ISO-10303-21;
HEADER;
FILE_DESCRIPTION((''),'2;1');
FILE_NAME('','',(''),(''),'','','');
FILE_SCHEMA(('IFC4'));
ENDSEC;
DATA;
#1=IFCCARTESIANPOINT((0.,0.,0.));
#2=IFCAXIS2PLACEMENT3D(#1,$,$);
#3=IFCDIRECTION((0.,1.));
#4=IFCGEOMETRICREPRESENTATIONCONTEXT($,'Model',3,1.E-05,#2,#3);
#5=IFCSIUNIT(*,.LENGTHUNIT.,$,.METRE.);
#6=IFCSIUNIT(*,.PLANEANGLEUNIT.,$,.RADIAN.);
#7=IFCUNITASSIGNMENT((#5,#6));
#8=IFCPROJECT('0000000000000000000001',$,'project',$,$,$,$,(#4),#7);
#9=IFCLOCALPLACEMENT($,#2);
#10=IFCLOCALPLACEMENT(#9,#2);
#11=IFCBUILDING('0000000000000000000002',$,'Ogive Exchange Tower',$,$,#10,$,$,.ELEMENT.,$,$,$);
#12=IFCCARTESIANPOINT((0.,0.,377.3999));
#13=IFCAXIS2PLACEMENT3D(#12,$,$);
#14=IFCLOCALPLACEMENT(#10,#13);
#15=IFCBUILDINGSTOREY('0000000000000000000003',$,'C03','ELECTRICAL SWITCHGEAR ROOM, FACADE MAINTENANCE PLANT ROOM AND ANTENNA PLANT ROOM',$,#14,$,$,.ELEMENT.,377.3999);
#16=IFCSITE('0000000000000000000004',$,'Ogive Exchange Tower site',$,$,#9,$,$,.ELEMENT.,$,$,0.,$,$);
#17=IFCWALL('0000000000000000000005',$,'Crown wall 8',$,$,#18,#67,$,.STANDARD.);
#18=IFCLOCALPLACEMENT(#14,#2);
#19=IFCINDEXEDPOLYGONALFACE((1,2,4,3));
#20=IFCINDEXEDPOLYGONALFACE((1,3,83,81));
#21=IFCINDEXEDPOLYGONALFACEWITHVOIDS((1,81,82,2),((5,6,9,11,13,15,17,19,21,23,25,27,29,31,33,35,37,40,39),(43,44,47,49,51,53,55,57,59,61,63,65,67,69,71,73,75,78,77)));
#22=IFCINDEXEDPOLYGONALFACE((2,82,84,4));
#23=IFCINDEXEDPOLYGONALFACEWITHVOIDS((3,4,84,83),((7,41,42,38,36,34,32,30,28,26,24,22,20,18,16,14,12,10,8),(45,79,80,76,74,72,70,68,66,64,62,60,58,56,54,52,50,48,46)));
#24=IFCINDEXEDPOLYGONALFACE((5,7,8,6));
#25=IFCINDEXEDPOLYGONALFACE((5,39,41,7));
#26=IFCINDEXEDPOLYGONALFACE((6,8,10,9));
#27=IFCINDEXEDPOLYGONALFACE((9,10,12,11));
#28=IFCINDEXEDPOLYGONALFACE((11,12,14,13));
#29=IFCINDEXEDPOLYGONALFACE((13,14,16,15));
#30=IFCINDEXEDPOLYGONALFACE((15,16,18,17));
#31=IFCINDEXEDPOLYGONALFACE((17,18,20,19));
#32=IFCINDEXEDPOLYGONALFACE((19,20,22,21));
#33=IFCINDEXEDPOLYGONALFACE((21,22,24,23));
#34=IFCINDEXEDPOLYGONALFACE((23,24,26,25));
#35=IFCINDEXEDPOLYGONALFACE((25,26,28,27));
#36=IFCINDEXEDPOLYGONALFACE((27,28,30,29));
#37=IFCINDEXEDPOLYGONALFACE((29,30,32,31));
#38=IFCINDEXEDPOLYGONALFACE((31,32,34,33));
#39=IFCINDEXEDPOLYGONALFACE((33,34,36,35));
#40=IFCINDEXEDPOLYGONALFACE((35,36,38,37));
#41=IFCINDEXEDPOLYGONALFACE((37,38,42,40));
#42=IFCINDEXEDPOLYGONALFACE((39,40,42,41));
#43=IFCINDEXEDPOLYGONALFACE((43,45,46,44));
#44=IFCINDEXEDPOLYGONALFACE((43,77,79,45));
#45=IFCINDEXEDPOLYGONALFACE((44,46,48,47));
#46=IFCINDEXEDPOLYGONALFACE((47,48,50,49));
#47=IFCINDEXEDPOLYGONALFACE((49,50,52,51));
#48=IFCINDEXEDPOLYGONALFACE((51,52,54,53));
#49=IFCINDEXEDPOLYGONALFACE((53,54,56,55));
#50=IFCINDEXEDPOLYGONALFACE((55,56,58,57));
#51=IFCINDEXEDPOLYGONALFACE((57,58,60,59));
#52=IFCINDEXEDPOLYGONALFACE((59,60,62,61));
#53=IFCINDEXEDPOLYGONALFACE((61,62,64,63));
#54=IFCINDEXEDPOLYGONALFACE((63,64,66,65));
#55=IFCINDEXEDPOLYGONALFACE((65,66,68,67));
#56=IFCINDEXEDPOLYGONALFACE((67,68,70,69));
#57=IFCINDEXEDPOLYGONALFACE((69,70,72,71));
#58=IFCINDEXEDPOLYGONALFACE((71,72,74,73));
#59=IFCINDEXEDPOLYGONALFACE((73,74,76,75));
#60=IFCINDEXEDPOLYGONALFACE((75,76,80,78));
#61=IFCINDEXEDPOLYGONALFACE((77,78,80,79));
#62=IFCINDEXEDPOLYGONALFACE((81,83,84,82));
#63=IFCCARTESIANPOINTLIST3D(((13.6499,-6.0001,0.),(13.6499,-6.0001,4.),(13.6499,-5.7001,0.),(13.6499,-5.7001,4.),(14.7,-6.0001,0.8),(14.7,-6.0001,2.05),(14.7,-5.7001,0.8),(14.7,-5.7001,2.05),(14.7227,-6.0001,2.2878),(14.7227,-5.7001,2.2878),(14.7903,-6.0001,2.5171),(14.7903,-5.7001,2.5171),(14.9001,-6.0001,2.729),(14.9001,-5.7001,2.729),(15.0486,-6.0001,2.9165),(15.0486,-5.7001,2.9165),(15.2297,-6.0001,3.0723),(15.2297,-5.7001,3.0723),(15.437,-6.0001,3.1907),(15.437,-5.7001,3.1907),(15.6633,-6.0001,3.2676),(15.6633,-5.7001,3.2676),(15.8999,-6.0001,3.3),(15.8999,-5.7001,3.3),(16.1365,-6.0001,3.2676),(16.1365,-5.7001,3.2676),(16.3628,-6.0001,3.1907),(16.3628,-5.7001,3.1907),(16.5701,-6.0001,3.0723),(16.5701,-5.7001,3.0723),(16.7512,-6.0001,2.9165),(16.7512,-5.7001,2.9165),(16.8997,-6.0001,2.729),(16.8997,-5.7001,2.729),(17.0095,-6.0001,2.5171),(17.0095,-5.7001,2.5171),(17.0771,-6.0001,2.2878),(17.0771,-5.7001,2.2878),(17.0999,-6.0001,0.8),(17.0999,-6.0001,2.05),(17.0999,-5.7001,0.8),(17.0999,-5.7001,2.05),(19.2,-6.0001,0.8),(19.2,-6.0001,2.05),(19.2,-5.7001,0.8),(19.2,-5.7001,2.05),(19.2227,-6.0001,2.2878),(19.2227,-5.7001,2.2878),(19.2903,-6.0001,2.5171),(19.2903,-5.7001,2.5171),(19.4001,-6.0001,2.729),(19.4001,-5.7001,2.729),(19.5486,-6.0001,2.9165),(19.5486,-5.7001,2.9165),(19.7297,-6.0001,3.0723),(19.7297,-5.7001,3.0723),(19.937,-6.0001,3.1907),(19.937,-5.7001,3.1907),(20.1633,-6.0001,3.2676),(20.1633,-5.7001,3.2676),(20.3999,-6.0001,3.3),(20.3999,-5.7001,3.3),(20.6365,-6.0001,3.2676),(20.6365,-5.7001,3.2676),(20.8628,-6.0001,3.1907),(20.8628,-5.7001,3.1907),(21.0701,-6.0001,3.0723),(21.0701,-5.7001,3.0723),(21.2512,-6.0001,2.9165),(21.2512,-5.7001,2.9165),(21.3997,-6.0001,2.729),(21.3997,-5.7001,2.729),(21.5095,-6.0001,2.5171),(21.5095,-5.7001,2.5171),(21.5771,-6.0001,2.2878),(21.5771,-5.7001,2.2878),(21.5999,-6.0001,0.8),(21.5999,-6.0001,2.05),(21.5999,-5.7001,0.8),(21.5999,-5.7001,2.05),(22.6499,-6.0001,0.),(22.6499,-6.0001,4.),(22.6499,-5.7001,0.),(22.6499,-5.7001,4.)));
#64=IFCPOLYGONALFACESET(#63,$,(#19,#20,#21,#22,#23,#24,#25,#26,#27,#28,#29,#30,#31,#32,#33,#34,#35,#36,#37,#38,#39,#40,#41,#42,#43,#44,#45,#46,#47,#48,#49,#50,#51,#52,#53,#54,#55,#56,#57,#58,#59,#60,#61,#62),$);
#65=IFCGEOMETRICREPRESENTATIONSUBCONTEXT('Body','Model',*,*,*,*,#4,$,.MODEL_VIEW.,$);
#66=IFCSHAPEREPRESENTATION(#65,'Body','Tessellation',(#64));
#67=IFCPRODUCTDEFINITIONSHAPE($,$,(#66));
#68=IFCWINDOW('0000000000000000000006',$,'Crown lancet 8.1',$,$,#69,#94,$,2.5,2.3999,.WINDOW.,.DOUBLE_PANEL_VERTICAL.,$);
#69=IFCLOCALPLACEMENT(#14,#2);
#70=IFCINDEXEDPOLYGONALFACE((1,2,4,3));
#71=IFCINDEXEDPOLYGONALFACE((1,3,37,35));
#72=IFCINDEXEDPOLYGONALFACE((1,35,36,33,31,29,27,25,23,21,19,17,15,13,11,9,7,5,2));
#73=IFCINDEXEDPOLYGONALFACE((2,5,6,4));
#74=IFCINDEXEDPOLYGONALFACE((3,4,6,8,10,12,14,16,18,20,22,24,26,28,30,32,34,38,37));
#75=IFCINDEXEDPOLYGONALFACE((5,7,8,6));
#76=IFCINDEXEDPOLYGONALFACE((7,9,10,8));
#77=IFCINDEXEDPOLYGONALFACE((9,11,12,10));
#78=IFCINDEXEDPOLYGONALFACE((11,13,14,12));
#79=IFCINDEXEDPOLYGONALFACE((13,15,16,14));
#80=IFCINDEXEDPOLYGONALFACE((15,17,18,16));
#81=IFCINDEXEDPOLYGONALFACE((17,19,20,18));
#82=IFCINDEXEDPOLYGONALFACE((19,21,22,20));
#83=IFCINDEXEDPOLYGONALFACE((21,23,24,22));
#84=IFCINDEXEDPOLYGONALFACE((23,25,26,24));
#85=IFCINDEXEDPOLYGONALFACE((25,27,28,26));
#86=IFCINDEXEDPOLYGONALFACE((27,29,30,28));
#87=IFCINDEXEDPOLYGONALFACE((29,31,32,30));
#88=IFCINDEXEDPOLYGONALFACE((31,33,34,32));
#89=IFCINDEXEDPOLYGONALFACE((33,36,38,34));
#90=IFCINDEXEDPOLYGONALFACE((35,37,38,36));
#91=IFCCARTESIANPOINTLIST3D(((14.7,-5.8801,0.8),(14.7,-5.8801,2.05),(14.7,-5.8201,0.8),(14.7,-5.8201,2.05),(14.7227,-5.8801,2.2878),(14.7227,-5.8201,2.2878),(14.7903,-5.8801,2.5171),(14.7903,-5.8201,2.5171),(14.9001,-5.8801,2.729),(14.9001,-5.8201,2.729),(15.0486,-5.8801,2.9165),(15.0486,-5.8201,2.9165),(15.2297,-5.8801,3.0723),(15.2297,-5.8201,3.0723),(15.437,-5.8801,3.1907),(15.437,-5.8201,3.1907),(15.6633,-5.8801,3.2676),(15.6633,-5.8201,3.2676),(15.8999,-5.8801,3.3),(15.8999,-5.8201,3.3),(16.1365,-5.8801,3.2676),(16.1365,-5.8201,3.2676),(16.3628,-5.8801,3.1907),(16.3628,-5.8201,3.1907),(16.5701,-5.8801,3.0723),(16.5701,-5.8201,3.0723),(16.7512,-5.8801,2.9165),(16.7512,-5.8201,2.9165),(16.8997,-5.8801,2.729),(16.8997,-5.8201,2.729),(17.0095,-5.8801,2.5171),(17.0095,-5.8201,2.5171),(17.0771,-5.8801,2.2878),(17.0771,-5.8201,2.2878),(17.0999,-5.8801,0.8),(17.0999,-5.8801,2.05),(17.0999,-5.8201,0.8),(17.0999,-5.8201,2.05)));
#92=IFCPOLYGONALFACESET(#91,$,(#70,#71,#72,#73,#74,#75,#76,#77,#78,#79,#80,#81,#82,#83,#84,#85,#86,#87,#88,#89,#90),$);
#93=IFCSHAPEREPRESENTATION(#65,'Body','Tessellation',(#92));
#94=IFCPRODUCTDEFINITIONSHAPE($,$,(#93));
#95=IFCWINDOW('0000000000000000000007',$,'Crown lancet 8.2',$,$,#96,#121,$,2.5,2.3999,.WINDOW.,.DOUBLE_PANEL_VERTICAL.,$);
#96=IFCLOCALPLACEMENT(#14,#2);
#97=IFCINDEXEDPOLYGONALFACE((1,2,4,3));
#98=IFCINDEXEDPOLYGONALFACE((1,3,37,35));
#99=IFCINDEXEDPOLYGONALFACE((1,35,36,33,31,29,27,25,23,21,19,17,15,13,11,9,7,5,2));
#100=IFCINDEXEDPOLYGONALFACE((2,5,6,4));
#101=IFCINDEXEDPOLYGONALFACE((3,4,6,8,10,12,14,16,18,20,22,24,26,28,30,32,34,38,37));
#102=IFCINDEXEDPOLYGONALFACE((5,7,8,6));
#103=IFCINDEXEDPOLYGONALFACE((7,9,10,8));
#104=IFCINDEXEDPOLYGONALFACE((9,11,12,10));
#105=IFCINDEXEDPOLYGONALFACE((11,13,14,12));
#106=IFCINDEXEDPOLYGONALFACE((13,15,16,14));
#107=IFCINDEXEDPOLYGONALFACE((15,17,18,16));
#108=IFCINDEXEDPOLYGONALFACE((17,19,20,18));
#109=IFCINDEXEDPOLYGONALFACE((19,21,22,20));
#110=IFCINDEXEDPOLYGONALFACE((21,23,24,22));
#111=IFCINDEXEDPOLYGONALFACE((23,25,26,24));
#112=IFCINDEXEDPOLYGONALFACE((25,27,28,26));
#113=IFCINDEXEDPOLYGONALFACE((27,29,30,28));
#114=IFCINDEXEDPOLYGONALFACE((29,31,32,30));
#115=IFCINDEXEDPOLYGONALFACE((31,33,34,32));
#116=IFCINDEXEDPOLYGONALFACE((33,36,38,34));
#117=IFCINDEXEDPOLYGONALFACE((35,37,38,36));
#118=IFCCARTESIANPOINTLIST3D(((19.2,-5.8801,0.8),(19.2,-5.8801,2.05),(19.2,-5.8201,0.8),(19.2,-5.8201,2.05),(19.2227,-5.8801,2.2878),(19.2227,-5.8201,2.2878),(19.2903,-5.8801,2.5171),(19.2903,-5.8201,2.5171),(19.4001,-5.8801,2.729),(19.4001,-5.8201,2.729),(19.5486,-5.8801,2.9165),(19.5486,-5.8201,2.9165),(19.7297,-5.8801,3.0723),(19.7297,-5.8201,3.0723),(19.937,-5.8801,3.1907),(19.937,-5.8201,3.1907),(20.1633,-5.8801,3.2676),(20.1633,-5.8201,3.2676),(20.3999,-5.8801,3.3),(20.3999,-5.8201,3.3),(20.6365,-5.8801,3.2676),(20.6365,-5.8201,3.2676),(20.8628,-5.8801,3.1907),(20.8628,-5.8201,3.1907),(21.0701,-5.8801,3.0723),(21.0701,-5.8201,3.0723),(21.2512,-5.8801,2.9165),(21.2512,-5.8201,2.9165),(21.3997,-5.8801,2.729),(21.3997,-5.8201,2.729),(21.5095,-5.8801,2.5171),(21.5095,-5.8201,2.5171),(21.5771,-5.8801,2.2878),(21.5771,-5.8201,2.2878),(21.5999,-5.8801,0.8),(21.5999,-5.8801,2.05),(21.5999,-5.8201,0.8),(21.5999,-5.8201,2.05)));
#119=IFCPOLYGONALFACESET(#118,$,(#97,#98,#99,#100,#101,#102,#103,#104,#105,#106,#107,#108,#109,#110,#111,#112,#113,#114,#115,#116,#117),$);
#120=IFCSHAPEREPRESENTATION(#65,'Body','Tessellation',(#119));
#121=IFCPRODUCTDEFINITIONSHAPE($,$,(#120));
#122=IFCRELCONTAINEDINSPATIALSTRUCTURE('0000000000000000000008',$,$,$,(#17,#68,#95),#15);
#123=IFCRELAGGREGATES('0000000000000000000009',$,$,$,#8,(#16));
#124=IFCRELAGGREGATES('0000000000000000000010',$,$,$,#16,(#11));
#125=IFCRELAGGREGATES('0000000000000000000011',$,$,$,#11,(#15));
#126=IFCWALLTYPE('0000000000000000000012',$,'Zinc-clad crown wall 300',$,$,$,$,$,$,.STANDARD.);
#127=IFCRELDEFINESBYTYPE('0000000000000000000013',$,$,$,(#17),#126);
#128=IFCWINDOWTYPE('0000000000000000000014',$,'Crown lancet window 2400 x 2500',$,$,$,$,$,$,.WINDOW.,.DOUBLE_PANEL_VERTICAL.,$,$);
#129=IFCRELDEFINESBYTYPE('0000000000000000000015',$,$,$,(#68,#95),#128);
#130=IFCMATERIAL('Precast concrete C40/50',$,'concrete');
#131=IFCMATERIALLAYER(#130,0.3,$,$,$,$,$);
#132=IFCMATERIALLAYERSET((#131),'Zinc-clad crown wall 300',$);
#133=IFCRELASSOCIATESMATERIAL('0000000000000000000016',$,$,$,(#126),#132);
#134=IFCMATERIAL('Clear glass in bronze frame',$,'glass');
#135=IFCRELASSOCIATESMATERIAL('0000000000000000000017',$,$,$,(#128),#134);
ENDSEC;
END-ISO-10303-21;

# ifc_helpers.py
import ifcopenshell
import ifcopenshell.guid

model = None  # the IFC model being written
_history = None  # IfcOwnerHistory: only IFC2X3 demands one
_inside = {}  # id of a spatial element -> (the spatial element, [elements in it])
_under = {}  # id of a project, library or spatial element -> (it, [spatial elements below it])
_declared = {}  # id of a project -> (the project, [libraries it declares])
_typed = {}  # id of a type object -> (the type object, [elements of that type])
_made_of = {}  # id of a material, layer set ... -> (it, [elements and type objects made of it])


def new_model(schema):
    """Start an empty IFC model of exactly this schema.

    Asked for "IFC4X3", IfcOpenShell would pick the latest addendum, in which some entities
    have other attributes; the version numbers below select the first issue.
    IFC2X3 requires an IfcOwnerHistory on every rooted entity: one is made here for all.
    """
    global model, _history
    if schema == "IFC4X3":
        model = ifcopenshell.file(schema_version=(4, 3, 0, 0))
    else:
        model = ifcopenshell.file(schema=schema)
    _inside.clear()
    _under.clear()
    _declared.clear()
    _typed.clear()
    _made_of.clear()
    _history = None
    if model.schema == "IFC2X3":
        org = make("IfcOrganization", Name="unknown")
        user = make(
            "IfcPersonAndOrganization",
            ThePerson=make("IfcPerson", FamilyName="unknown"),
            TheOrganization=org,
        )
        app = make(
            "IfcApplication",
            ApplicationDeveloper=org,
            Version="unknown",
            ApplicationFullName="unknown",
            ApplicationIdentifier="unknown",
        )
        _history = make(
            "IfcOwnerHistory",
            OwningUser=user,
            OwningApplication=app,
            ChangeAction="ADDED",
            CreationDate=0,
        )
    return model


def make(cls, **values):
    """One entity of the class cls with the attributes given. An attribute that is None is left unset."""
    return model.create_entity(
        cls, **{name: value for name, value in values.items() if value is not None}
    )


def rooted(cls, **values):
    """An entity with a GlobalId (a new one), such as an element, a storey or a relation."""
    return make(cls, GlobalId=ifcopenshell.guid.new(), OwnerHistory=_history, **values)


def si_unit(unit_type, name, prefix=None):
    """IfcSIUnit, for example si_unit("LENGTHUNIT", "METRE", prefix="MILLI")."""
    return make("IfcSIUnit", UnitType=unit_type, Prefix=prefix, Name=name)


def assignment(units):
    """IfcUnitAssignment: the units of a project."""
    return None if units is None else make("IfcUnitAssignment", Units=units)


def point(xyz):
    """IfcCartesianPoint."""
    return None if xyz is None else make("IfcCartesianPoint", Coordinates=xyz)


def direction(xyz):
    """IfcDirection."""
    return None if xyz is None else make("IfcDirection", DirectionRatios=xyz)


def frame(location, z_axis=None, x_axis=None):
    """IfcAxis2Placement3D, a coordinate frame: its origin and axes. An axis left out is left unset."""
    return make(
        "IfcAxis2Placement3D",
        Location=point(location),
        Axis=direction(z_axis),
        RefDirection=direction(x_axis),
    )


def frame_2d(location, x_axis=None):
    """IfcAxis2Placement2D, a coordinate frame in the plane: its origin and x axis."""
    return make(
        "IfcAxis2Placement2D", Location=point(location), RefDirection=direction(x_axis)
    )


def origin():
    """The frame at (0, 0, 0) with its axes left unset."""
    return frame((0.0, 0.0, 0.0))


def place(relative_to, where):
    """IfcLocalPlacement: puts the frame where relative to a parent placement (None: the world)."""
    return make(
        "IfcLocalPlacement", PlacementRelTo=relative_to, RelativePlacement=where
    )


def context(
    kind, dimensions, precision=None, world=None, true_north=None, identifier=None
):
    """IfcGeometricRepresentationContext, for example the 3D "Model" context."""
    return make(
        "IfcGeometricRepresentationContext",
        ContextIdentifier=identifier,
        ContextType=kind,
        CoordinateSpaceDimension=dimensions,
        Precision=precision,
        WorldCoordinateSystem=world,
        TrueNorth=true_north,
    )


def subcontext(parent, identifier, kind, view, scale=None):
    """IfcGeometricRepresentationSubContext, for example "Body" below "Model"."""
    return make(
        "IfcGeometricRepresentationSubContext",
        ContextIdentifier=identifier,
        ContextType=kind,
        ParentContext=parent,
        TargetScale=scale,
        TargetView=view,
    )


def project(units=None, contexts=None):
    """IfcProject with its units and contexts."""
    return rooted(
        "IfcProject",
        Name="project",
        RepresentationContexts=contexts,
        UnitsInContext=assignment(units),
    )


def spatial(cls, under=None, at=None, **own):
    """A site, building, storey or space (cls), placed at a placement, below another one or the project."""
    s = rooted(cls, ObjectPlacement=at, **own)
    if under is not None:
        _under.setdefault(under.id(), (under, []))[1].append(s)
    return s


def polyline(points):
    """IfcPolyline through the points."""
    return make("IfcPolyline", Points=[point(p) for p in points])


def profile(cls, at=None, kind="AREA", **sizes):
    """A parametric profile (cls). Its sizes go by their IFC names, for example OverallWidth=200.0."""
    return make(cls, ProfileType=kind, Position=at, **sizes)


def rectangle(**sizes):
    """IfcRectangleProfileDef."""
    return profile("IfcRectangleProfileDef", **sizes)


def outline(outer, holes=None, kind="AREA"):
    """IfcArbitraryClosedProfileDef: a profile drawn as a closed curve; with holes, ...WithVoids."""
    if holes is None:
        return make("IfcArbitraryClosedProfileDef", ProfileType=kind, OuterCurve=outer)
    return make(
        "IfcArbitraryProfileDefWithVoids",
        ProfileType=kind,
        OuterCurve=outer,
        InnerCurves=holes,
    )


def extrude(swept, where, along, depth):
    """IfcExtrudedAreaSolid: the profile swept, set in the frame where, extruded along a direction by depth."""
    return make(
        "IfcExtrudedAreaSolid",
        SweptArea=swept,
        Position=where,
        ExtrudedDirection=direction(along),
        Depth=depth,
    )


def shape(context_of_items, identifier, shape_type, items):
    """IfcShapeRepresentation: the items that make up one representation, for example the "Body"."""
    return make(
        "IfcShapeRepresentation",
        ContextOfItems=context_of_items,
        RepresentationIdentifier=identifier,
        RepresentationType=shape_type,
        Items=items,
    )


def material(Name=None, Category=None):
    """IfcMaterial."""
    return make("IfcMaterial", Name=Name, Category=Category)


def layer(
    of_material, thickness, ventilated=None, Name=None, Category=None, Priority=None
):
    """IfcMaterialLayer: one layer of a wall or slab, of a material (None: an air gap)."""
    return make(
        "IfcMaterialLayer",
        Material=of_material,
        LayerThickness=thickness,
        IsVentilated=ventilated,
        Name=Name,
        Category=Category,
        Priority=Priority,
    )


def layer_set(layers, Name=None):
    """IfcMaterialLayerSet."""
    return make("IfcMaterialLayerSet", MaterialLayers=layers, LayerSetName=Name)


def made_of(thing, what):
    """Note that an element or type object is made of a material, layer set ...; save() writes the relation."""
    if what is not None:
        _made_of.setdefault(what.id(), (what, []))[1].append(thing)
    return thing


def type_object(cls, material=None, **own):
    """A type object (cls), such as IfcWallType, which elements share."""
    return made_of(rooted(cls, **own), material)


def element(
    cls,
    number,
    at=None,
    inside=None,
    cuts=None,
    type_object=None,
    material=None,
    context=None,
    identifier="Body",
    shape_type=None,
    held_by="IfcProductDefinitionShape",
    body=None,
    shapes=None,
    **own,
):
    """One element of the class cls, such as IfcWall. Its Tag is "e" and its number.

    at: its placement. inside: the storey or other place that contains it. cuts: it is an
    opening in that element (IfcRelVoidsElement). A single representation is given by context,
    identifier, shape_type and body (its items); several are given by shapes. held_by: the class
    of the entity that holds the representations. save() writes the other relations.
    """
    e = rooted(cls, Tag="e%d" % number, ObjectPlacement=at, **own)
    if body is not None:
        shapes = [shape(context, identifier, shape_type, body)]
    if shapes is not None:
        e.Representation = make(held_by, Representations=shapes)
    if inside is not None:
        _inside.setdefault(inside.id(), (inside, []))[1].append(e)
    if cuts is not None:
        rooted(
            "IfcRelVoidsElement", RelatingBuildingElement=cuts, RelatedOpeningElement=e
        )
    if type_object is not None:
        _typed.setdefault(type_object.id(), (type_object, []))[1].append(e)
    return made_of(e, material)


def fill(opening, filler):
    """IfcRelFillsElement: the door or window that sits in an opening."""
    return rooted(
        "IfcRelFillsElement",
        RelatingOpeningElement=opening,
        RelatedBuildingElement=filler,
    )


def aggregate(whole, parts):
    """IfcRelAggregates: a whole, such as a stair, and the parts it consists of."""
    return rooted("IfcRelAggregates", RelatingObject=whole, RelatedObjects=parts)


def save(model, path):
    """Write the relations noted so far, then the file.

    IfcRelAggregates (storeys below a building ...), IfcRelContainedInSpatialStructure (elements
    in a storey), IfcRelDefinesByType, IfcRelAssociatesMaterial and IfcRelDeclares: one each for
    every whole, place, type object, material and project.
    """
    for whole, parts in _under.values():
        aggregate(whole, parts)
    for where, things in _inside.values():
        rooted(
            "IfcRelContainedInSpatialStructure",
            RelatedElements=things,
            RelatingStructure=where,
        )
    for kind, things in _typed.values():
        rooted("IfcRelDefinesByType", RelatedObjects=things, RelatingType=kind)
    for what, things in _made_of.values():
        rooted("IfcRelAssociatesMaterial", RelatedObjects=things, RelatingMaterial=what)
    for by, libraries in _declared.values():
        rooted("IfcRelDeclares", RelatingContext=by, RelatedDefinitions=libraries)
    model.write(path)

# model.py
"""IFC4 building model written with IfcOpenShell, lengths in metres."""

from ifc_helpers import new_model, si_unit, direction, frame, frame_2d, origin, place, context, subcontext, project, spatial, polyline, rectangle, outline, extrude, material, layer, layer_set, type_object, element, fill, save


model = new_model("IFC4")

# Units and contexts
model_context = context("Model", 3, precision=1e-05, world=origin(), true_north=direction((0.0, 1.0)))
body_context = subcontext(model_context, "Body", "Model", "MODEL_VIEW")
ifc_project = project(units=[si_unit("LENGTHUNIT", "METRE"), si_unit("PLANEANGLEUNIT", "RADIAN")], contexts=[model_context])

# Site, building, storey
site_placement = place(None, origin())
site = spatial("IfcSite", under=ifc_project, at=site_placement, Name="Ogive Exchange Tower site", CompositionType="ELEMENT", RefElevation=0.0)
building_placement = place(site_placement, origin())
building = spatial("IfcBuilding", under=site, at=building_placement, Name="Ogive Exchange Tower", CompositionType="ELEMENT")
storey_placement = place(building_placement, frame((0.0, 0.0, 377.3999)))
storey = spatial("IfcBuildingStorey", under=building, at=storey_placement, Name="C03", Description="ELECTRICAL SWITCHGEAR ROOM, FACADE MAINTENANCE PLANT ROOM AND ANTENNA PLANT ROOM", CompositionType="ELEMENT", Elevation=377.3999)

# Wall, openings, windows
ifc_material_1 = material(Name="Precast concrete C40/50", Category="concrete")
ifc_layer_1 = layer(ifc_material_1, 0.3)
ifc_layer_set_1 = layer_set([ifc_layer_1], Name="Zinc-clad crown wall 300")
wall_type_1 = type_object("IfcWallType", Name="Zinc-clad crown wall 300", PredefinedType="STANDARD", material=ifc_layer_set_1)
ifc_material_2 = material(Name="Clear glass in bronze frame", Category="glass")
window_type = type_object("IfcWindowType", Name="Crown lancet window 2400 x 2500", PartitioningType="DOUBLE_PANEL_VERTICAL", PredefinedType="WINDOW", material=ifc_material_2)
wall_1_placement = place(storey_placement, frame((13.6499, -5.8501, 0.0), z_axis=(0.0, 0.0, 1.0), x_axis=(1.0, 0.0, 0.0)))
wall_1 = element("IfcWall", 1, at=wall_1_placement, inside=storey, type_object=wall_type_1, Name="Crown wall 8", PredefinedType="STANDARD", context=body_context, shape_type="SweptSolid", body=[
    extrude(rectangle(XDim=9.0, YDim=0.3, at=frame_2d((4.5, 0.0))), origin(), (0.0, 0.0, 1.0), 4.0),
])
opening_1_placement = place(wall_1_placement, frame((1.05, 0.0, 0.8)))
opening_1 = element("IfcOpeningElement", 2, at=opening_1_placement, cuts=wall_1, PredefinedType="OPENING", context=body_context, shape_type="SweptSolid", body=[
    extrude(outline(polyline([(0.0, 0.0), (2.3999, 0.0), (2.3999, 1.25), (2.3772, 1.4878), (2.3096, 1.717), (2.1997, 1.929), (2.0513, 2.1165), (1.8701, 2.2722), (1.6628, 2.3906), (1.4365, 2.4675), (1.2, 2.5), (0.9634, 2.4675), (0.7371, 2.3906), (0.5298, 2.2722), (0.3486, 2.1165), (0.2002, 1.929), (0.0903, 1.717), (0.0227, 1.4878), (0.0, 1.25), (0.0, 0.0)])), frame((0.0, 0.1599, 0.0), z_axis=(0.0, -1.0, 0.0), x_axis=(1.0, 0.0, 0.0)), (0.0, 0.0, 1.0), 0.3201),
])
opening_2_placement = place(wall_1_placement, frame((5.55, 0.0, 0.8)))
opening_2 = element("IfcOpeningElement", 3, at=opening_2_placement, cuts=wall_1, PredefinedType="OPENING", context=body_context, shape_type="SweptSolid", body=[
    extrude(outline(polyline([(0.0, 0.0), (2.3999, 0.0), (2.3999, 1.25), (2.3772, 1.4878), (2.3096, 1.717), (2.1997, 1.929), (2.0513, 2.1165), (1.8701, 2.2722), (1.6628, 2.3906), (1.4365, 2.4675), (1.2, 2.5), (0.9634, 2.4675), (0.7371, 2.3906), (0.5298, 2.2722), (0.3486, 2.1165), (0.2002, 1.929), (0.0903, 1.717), (0.0227, 1.4878), (0.0, 1.25), (0.0, 0.0)])), frame((0.0, 0.1599, 0.0), z_axis=(0.0, -1.0, 0.0), x_axis=(1.0, 0.0, 0.0)), (0.0, 0.0, 1.0), 0.3201),
])
window_1_placement = place(opening_1_placement, origin())
window_1 = element("IfcWindow", 4, at=window_1_placement, inside=storey, type_object=window_type, Name="Crown lancet 8.1", OverallHeight=2.5, OverallWidth=2.3999, PartitioningType="DOUBLE_PANEL_VERTICAL", PredefinedType="WINDOW", context=body_context, shape_type="SweptSolid", body=[
    extrude(outline(polyline([(0.0, 0.0), (2.3999, 0.0), (2.3999, 1.25), (2.3772, 1.4878), (2.3096, 1.717), (2.1997, 1.929), (2.0513, 2.1165), (1.8701, 2.2722), (1.6628, 2.3906), (1.4365, 2.4675), (1.2, 2.5), (0.9634, 2.4675), (0.7371, 2.3906), (0.5298, 2.2722), (0.3486, 2.1165), (0.2002, 1.929), (0.0903, 1.717), (0.0227, 1.4878), (0.0, 1.25), (0.0, 0.0)])), frame((0.0, 0.03, 0.0), z_axis=(0.0, -1.0, 0.0), x_axis=(1.0, 0.0, 0.0)), (0.0, 0.0, 1.0), 0.0601),
])
fill(opening_1, window_1)
window_2_placement = place(opening_2_placement, origin())
window_2 = element("IfcWindow", 5, at=window_2_placement, inside=storey, type_object=window_type, Name="Crown lancet 8.2", OverallHeight=2.5, OverallWidth=2.3999, PartitioningType="DOUBLE_PANEL_VERTICAL", PredefinedType="WINDOW", context=body_context, shape_type="SweptSolid", body=[
    extrude(outline(polyline([(0.0, 0.0), (2.3999, 0.0), (2.3999, 1.25), (2.3772, 1.4878), (2.3096, 1.717), (2.1997, 1.929), (2.0513, 2.1165), (1.8701, 2.2722), (1.6628, 2.3906), (1.4365, 2.4675), (1.2, 2.5), (0.9634, 2.4675), (0.7371, 2.3906), (0.5298, 2.2722), (0.3486, 2.1165), (0.2002, 1.929), (0.0903, 1.717), (0.0227, 1.4878), (0.0, 1.25), (0.0, 0.0)])), frame((0.0, 0.03, 0.0), z_axis=(0.0, -1.0, 0.0), x_axis=(1.0, 0.0, 0.0)), (0.0, 0.0, 1.0), 0.0601),
])
fill(opening_2, window_2)

save(model, "model.ifc")
